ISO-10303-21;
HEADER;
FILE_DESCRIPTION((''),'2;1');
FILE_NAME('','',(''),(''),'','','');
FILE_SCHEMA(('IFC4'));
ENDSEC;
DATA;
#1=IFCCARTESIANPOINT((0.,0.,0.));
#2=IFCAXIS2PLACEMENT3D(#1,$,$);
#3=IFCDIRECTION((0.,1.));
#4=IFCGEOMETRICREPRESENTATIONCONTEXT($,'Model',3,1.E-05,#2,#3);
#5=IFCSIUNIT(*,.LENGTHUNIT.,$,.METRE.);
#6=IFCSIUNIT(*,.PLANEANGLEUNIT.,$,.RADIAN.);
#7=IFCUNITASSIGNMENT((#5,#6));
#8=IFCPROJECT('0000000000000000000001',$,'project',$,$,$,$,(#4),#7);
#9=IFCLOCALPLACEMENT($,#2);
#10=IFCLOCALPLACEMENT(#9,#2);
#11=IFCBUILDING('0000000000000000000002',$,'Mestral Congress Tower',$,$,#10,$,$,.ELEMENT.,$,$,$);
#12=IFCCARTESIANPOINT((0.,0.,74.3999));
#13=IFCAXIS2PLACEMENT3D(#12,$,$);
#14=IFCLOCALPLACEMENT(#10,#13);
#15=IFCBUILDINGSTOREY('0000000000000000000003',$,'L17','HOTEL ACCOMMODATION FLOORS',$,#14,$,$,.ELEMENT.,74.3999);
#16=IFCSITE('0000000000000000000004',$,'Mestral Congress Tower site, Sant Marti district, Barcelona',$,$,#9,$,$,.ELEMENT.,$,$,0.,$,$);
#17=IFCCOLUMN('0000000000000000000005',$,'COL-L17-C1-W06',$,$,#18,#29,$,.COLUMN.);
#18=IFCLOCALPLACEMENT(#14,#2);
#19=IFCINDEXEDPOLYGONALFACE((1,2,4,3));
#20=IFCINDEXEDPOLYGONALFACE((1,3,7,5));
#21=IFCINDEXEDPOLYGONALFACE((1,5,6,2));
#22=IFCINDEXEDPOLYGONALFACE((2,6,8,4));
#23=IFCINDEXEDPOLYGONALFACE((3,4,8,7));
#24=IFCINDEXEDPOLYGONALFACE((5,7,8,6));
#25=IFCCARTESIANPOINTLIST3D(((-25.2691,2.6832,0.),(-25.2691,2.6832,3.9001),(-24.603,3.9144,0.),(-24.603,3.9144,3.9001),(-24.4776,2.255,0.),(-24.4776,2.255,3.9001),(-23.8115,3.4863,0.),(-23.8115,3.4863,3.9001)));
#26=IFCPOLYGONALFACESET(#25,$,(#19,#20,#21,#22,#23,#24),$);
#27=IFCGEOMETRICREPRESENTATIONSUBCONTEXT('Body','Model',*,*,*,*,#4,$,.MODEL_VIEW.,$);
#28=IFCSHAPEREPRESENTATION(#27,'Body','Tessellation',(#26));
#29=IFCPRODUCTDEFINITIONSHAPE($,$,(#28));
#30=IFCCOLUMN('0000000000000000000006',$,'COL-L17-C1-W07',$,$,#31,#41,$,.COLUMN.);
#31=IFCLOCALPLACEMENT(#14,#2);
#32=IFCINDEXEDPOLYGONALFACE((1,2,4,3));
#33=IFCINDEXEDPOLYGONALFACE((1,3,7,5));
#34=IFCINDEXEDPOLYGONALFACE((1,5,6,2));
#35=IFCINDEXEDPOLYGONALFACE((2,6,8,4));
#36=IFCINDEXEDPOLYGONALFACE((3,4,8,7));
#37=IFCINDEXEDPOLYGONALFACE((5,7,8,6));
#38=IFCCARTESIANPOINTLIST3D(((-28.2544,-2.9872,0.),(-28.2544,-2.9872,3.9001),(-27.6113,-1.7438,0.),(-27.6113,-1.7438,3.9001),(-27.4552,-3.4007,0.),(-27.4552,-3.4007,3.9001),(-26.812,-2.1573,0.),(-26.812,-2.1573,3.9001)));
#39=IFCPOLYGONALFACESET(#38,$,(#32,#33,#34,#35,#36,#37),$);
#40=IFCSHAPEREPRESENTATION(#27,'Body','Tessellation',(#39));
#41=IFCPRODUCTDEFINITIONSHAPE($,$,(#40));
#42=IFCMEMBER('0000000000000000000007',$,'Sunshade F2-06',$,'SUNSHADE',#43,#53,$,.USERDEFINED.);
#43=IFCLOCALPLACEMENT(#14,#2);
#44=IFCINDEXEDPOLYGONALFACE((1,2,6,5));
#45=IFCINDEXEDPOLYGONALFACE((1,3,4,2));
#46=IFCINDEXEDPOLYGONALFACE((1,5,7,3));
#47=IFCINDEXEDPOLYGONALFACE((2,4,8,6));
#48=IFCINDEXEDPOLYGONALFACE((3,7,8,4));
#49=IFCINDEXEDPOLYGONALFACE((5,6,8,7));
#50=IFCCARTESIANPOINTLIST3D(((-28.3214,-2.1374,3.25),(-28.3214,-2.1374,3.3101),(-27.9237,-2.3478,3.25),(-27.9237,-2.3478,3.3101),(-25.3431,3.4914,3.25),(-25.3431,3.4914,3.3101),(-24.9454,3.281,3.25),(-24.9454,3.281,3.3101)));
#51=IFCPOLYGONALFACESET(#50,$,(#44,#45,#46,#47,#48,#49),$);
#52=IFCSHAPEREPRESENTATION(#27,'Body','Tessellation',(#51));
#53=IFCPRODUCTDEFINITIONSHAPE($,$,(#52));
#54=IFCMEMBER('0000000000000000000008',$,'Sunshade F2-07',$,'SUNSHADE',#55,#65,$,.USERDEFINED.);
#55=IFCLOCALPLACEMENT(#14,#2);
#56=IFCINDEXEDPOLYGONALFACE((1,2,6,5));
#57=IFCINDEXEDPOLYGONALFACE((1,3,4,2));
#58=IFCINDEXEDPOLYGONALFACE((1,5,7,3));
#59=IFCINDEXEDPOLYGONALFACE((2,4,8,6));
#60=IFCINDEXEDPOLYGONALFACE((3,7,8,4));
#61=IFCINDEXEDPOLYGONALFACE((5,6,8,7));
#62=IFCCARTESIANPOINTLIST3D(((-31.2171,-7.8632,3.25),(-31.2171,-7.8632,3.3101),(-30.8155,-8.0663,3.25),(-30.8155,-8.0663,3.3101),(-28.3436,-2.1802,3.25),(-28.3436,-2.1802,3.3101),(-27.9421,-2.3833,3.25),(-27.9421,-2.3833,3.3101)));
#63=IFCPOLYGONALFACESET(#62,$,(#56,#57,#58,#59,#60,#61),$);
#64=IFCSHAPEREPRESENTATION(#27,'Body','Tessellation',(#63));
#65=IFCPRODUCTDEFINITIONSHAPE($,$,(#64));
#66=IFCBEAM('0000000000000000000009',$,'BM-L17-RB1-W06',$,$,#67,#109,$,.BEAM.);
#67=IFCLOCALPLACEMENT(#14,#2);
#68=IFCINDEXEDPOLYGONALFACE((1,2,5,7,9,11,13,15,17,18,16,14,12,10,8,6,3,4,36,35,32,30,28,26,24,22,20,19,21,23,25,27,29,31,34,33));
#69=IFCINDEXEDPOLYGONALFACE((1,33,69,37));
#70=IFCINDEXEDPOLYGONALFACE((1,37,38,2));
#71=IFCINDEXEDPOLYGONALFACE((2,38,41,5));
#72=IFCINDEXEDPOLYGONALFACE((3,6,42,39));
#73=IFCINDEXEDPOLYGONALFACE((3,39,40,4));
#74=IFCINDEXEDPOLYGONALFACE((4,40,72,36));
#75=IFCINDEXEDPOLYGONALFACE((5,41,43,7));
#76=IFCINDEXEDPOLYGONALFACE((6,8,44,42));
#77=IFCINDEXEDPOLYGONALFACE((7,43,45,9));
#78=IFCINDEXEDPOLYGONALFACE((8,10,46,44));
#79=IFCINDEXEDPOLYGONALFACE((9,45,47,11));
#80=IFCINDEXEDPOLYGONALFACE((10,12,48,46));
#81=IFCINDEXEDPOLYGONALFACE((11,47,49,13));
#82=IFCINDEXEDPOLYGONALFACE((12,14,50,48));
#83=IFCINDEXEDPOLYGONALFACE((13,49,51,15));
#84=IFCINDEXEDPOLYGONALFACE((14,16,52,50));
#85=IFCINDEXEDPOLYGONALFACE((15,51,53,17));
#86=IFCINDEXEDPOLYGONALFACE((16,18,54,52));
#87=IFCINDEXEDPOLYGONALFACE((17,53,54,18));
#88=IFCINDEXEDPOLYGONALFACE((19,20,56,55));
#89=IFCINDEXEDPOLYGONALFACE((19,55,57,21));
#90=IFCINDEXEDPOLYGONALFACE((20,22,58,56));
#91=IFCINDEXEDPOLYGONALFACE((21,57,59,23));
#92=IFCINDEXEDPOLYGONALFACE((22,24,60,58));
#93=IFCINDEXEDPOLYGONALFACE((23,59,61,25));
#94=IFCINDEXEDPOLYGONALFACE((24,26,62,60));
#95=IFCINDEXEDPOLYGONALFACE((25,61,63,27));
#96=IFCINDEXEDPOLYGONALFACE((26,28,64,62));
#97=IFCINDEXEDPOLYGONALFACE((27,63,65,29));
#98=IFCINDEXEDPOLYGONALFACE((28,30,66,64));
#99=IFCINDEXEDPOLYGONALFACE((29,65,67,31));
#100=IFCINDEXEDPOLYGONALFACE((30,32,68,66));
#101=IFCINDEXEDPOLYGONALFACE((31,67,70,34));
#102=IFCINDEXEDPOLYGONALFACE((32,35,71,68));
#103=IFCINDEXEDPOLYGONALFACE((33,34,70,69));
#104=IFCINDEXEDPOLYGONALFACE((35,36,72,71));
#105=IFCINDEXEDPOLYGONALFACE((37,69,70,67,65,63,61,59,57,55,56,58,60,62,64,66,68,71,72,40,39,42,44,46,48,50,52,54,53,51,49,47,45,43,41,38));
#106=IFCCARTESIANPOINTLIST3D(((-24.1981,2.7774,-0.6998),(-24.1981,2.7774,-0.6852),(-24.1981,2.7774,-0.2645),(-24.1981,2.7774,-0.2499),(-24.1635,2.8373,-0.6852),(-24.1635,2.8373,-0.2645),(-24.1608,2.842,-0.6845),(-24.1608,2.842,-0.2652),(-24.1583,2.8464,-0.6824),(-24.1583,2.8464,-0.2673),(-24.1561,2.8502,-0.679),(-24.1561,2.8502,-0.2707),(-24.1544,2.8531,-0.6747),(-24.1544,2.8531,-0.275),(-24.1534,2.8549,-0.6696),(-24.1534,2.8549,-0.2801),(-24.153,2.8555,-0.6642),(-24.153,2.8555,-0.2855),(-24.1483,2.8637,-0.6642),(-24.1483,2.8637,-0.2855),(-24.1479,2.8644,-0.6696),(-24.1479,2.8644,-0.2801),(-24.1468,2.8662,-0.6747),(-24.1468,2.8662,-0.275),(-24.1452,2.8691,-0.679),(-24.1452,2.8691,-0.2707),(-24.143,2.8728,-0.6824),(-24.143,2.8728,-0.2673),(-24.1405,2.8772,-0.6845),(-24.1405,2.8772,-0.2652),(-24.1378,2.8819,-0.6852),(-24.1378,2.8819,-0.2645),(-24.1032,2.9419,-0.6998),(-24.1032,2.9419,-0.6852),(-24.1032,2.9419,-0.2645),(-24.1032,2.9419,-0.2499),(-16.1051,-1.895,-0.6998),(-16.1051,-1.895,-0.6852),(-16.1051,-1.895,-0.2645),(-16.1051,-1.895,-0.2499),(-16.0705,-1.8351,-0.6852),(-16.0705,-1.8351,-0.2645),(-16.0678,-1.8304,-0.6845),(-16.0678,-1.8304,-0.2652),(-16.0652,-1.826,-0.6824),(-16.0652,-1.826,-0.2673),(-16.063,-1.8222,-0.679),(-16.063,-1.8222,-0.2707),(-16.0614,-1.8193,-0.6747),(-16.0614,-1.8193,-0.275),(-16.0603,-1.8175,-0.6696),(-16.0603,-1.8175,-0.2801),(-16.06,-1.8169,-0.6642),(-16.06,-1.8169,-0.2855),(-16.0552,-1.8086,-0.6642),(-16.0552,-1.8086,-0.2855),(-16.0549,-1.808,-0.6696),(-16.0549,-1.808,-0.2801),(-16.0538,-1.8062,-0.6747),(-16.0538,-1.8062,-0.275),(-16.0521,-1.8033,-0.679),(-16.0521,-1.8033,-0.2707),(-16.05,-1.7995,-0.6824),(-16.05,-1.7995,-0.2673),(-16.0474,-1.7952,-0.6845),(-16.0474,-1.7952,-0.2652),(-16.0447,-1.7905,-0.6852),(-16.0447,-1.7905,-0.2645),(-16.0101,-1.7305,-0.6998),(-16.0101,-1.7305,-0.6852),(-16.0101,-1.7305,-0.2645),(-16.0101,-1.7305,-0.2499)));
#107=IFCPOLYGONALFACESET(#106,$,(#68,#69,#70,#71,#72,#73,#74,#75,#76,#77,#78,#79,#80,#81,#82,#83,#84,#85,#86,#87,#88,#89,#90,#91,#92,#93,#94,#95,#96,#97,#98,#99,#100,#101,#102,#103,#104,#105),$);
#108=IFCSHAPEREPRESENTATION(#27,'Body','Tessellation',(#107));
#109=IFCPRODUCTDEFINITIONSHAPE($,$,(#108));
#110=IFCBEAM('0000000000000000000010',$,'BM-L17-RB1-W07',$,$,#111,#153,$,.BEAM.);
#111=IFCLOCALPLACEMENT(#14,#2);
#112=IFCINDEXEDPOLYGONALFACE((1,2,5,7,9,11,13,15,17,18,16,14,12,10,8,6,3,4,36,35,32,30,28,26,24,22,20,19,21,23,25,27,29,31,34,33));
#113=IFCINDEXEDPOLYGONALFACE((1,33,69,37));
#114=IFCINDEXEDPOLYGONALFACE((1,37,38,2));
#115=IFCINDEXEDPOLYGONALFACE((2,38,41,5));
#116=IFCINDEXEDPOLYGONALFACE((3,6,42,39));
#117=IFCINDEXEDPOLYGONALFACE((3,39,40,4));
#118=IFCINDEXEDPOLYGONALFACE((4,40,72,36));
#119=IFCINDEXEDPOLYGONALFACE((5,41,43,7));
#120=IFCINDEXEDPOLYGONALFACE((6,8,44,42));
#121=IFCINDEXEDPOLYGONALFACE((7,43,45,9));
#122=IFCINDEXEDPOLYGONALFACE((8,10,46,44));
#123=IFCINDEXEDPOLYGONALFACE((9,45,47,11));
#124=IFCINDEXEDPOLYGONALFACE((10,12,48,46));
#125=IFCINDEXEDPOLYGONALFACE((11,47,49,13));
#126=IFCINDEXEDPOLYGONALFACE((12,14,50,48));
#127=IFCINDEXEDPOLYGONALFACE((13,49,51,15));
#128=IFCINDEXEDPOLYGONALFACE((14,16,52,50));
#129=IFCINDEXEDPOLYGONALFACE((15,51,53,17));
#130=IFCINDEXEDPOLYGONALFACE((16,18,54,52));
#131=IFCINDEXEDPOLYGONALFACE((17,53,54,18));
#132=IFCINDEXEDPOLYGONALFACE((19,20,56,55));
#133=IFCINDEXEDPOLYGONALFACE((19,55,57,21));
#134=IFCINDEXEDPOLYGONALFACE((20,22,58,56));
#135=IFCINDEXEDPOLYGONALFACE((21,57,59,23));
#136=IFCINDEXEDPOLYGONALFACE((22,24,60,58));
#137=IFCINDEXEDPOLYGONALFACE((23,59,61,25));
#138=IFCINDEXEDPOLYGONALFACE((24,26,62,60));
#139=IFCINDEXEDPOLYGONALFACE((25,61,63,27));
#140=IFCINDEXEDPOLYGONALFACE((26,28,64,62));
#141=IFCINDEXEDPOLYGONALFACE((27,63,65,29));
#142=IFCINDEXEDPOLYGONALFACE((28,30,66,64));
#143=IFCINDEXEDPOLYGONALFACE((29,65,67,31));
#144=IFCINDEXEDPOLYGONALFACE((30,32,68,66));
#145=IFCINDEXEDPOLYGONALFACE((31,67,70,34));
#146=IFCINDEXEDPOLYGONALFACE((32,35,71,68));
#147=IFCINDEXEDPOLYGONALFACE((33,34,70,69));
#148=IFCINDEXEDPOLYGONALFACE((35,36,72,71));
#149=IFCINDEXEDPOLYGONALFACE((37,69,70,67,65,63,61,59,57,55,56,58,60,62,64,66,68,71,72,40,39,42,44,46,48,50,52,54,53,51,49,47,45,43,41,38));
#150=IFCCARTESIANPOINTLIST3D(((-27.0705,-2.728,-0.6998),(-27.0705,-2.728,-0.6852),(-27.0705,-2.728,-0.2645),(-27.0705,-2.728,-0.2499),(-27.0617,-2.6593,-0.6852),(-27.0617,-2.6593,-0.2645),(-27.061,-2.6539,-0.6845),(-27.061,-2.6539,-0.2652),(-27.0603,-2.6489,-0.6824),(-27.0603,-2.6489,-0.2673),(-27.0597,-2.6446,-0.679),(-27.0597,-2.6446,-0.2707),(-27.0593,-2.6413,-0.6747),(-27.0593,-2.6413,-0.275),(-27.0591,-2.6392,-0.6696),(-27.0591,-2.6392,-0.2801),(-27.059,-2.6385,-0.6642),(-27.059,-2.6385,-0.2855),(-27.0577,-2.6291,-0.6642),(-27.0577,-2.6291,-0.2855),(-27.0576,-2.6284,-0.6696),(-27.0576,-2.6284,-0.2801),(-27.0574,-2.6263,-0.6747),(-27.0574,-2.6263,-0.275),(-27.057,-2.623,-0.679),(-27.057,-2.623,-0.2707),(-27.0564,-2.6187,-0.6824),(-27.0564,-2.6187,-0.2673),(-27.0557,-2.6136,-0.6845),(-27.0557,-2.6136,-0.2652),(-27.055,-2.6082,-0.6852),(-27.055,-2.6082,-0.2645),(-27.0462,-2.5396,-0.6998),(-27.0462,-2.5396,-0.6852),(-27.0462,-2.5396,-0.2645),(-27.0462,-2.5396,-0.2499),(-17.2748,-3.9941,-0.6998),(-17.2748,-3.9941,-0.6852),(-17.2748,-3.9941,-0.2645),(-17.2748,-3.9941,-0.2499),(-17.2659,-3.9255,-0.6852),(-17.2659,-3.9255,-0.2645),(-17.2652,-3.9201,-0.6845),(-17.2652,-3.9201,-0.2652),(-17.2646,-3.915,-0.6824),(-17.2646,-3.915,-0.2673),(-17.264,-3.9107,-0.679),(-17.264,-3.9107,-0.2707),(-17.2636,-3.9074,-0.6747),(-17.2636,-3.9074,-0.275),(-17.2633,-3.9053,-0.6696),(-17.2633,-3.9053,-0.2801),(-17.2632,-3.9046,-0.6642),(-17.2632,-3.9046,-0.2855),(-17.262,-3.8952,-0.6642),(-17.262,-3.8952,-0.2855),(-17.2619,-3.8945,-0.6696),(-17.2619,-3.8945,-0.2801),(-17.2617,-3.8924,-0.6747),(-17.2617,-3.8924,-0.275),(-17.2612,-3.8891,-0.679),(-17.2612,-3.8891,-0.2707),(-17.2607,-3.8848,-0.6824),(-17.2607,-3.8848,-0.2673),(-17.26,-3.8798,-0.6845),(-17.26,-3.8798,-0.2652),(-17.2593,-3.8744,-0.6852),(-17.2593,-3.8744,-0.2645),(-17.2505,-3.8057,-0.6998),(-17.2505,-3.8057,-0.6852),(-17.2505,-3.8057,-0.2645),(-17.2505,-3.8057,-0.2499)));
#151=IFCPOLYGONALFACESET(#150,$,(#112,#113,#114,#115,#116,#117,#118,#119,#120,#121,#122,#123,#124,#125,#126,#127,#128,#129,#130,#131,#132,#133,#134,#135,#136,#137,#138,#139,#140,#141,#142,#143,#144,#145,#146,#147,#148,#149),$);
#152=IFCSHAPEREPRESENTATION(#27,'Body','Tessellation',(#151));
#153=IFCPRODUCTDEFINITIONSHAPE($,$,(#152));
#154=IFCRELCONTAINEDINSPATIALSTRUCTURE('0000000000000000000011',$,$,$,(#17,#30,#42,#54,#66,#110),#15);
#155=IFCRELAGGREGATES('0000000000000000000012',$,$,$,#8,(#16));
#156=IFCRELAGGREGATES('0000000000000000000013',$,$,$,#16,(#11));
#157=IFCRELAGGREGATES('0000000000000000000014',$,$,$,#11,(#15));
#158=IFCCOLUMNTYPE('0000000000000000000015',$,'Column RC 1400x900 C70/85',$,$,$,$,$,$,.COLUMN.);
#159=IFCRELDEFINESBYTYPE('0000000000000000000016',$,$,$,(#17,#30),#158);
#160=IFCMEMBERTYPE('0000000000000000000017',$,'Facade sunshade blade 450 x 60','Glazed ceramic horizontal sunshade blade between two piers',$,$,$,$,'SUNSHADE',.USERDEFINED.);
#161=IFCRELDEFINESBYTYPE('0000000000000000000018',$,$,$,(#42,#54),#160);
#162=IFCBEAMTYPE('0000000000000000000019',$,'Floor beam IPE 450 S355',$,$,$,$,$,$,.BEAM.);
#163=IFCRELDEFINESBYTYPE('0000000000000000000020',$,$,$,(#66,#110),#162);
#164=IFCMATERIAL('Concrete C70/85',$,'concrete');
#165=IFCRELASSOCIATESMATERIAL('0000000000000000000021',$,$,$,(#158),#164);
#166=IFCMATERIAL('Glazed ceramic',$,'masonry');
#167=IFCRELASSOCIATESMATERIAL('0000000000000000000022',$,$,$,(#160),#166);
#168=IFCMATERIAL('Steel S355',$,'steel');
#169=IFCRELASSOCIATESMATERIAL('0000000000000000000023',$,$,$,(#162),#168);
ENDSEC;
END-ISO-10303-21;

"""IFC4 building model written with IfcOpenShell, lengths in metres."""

from ifc_helpers import new_model, si_unit, direction, frame, origin, origin_2d, place, context, subcontext, project, spatial, rectangle, i_section, extrude, material, material_profile, profile_set, type_object, element, save


model = new_model("IFC4")

# Units and contexts
model_context = context("Model", 3, precision=1e-05, world=origin(), true_north=direction((0.0, 1.0)))
body_context = subcontext(model_context, "Body", "Model", "MODEL_VIEW")
ifc_project = project(units=[si_unit("LENGTHUNIT", "METRE"), si_unit("PLANEANGLEUNIT", "RADIAN")], contexts=[model_context])

# Site, building, storey
site_placement = place(None, origin())
site = spatial("IfcSite", under=ifc_project, at=site_placement, Name="Mestral Congress Tower site, Sant Marti district, Barcelona", CompositionType="ELEMENT", RefElevation=0.0)
building_placement = place(site_placement, origin())
building = spatial("IfcBuilding", under=site, at=building_placement, Name="Mestral Congress Tower", CompositionType="ELEMENT")
storey_placement = place(building_placement, frame((0.0, 0.0, 74.3999)))
storey = spatial("IfcBuildingStorey", under=building, at=storey_placement, Name="L17", Description="HOTEL ACCOMMODATION FLOORS", CompositionType="ELEMENT", Elevation=74.3999)

# Columns
ifc_material_1 = material(Name="Concrete C70/85", Category="concrete")
ifc_material_profile_1 = material_profile(ifc_material_1, rectangle(XDim=1.3999, YDim=0.8999, at=origin_2d()), Name="RC 1400x900")
ifc_profile_set_1 = profile_set([ifc_material_profile_1], Name="Concrete C70/85")
column_type = type_object("IfcColumnType", Name="Column RC 1400x900 C70/85", PredefinedType="COLUMN", material=ifc_profile_set_1)
for number, where, z_axis, x_axis, name in (
    (1, (-24.5403, 3.0847, 0.0), (0.0, 0.0, 1.0), (-0.475796, -0.879556, 0.0), "COL-L17-C1-W06"),
    (2, (-27.5332, -2.5723, 0.0), (0.0, 0.0, 1.0), (-0.459456, -0.888201, 0.0), "COL-L17-C1-W07"),
):
    element("IfcColumn", number, at=place(storey_placement, frame(where, z_axis=z_axis, x_axis=x_axis)), inside=storey, type_object=column_type, Name=name, PredefinedType="COLUMN", context=body_context, shape_type="SweptSolid", body=[
        extrude(rectangle(XDim=1.3999, YDim=0.8999, at=origin_2d()), origin(), (0.0, 0.0, 1.0), 3.9001),
    ])

# Members
ifc_material_2 = material(Name="Glazed ceramic", Category="masonry")
ifc_material_profile_2 = material_profile(ifc_material_2, rectangle(XDim=0.45, YDim=0.0601, at=origin_2d()), Name="Ceramic blade 450 x 60")
ifc_profile_set_2 = profile_set([ifc_material_profile_2], Name="Glazed ceramic")
member_type = type_object("IfcMemberType", Name="Facade sunshade blade 450 x 60", Description="Glazed ceramic horizontal sunshade blade between two piers", ElementType="SUNSHADE", PredefinedType="USERDEFINED", material=ifc_profile_set_2)
for number, where, z_axis, x_axis, name in (
    (3, (-25.1443, 3.3862, 3.28), (-0.467675, -0.883901, 0.0), (0.883901, -0.467675, 0.0), "Sunshade F2-06"),
    (4, (-28.1428, -2.2817, 3.28), (-0.451227, -0.892409, 0.0), (0.892409, -0.451227, 0.0), "Sunshade F2-07"),
):
    element("IfcMember", number, at=place(storey_placement, frame(where, z_axis=z_axis, x_axis=x_axis)), inside=storey, type_object=member_type, Name=name, ObjectType="SUNSHADE", PredefinedType="USERDEFINED", context=body_context, shape_type="SweptSolid", body=[
        extrude(rectangle(XDim=0.45, YDim=0.0601, at=origin_2d()), origin(), (0.0, 0.0, 1.0), 6.3682),
    ])

# Beams
ifc_material_3 = material(Name="Steel S355", Category="steel")
ifc_material_profile_3 = material_profile(ifc_material_3, i_section(OverallWidth=0.1899, OverallDepth=0.45, WebThickness=0.0095, FlangeThickness=0.0146, FilletRadius=0.021, at=origin_2d()), Name="IPE 450")
ifc_profile_set_3 = profile_set([ifc_material_profile_3], Name="Steel S355")
beam_type_1 = type_object("IfcBeamType", Name="Floor beam IPE 450 S355", PredefinedType="BEAM", material=ifc_profile_set_3)
beam_1_placement = place(storey_placement, frame((-24.1506, 2.8596, -0.4749), z_axis=(0.866032, -0.499989, 0.0), x_axis=(0.499989, 0.866032, 0.0)))
element("IfcBeam", 5, at=beam_1_placement, inside=storey, type_object=beam_type_1, Name="BM-L17-RB1-W06", PredefinedType="BEAM", context=body_context, shape_type="SweptSolid", body=[
    extrude(i_section(OverallWidth=0.1899, OverallDepth=0.45, WebThickness=0.0095, FlangeThickness=0.0146, FilletRadius=0.021, at=origin_2d()), origin(), (0.0, 0.0, 1.0), 9.345),
])
beam_2_placement = place(storey_placement, frame((-27.0583, -2.6338, -0.4749), z_axis=(0.99175, -0.128186, 0.0), x_axis=(0.128186, 0.99175, 0.0)))
element("IfcBeam", 6, at=beam_2_placement, inside=storey, type_object=beam_type_1, Name="BM-L17-RB1-W07", PredefinedType="BEAM", context=body_context, shape_type="SweptSolid", body=[
    extrude(i_section(OverallWidth=0.1899, OverallDepth=0.45, WebThickness=0.0095, FlangeThickness=0.0146, FilletRadius=0.021, at=origin_2d()), origin(), (0.0, 0.0, 1.0), 9.8772),
])

save(model, "model.ifc")
